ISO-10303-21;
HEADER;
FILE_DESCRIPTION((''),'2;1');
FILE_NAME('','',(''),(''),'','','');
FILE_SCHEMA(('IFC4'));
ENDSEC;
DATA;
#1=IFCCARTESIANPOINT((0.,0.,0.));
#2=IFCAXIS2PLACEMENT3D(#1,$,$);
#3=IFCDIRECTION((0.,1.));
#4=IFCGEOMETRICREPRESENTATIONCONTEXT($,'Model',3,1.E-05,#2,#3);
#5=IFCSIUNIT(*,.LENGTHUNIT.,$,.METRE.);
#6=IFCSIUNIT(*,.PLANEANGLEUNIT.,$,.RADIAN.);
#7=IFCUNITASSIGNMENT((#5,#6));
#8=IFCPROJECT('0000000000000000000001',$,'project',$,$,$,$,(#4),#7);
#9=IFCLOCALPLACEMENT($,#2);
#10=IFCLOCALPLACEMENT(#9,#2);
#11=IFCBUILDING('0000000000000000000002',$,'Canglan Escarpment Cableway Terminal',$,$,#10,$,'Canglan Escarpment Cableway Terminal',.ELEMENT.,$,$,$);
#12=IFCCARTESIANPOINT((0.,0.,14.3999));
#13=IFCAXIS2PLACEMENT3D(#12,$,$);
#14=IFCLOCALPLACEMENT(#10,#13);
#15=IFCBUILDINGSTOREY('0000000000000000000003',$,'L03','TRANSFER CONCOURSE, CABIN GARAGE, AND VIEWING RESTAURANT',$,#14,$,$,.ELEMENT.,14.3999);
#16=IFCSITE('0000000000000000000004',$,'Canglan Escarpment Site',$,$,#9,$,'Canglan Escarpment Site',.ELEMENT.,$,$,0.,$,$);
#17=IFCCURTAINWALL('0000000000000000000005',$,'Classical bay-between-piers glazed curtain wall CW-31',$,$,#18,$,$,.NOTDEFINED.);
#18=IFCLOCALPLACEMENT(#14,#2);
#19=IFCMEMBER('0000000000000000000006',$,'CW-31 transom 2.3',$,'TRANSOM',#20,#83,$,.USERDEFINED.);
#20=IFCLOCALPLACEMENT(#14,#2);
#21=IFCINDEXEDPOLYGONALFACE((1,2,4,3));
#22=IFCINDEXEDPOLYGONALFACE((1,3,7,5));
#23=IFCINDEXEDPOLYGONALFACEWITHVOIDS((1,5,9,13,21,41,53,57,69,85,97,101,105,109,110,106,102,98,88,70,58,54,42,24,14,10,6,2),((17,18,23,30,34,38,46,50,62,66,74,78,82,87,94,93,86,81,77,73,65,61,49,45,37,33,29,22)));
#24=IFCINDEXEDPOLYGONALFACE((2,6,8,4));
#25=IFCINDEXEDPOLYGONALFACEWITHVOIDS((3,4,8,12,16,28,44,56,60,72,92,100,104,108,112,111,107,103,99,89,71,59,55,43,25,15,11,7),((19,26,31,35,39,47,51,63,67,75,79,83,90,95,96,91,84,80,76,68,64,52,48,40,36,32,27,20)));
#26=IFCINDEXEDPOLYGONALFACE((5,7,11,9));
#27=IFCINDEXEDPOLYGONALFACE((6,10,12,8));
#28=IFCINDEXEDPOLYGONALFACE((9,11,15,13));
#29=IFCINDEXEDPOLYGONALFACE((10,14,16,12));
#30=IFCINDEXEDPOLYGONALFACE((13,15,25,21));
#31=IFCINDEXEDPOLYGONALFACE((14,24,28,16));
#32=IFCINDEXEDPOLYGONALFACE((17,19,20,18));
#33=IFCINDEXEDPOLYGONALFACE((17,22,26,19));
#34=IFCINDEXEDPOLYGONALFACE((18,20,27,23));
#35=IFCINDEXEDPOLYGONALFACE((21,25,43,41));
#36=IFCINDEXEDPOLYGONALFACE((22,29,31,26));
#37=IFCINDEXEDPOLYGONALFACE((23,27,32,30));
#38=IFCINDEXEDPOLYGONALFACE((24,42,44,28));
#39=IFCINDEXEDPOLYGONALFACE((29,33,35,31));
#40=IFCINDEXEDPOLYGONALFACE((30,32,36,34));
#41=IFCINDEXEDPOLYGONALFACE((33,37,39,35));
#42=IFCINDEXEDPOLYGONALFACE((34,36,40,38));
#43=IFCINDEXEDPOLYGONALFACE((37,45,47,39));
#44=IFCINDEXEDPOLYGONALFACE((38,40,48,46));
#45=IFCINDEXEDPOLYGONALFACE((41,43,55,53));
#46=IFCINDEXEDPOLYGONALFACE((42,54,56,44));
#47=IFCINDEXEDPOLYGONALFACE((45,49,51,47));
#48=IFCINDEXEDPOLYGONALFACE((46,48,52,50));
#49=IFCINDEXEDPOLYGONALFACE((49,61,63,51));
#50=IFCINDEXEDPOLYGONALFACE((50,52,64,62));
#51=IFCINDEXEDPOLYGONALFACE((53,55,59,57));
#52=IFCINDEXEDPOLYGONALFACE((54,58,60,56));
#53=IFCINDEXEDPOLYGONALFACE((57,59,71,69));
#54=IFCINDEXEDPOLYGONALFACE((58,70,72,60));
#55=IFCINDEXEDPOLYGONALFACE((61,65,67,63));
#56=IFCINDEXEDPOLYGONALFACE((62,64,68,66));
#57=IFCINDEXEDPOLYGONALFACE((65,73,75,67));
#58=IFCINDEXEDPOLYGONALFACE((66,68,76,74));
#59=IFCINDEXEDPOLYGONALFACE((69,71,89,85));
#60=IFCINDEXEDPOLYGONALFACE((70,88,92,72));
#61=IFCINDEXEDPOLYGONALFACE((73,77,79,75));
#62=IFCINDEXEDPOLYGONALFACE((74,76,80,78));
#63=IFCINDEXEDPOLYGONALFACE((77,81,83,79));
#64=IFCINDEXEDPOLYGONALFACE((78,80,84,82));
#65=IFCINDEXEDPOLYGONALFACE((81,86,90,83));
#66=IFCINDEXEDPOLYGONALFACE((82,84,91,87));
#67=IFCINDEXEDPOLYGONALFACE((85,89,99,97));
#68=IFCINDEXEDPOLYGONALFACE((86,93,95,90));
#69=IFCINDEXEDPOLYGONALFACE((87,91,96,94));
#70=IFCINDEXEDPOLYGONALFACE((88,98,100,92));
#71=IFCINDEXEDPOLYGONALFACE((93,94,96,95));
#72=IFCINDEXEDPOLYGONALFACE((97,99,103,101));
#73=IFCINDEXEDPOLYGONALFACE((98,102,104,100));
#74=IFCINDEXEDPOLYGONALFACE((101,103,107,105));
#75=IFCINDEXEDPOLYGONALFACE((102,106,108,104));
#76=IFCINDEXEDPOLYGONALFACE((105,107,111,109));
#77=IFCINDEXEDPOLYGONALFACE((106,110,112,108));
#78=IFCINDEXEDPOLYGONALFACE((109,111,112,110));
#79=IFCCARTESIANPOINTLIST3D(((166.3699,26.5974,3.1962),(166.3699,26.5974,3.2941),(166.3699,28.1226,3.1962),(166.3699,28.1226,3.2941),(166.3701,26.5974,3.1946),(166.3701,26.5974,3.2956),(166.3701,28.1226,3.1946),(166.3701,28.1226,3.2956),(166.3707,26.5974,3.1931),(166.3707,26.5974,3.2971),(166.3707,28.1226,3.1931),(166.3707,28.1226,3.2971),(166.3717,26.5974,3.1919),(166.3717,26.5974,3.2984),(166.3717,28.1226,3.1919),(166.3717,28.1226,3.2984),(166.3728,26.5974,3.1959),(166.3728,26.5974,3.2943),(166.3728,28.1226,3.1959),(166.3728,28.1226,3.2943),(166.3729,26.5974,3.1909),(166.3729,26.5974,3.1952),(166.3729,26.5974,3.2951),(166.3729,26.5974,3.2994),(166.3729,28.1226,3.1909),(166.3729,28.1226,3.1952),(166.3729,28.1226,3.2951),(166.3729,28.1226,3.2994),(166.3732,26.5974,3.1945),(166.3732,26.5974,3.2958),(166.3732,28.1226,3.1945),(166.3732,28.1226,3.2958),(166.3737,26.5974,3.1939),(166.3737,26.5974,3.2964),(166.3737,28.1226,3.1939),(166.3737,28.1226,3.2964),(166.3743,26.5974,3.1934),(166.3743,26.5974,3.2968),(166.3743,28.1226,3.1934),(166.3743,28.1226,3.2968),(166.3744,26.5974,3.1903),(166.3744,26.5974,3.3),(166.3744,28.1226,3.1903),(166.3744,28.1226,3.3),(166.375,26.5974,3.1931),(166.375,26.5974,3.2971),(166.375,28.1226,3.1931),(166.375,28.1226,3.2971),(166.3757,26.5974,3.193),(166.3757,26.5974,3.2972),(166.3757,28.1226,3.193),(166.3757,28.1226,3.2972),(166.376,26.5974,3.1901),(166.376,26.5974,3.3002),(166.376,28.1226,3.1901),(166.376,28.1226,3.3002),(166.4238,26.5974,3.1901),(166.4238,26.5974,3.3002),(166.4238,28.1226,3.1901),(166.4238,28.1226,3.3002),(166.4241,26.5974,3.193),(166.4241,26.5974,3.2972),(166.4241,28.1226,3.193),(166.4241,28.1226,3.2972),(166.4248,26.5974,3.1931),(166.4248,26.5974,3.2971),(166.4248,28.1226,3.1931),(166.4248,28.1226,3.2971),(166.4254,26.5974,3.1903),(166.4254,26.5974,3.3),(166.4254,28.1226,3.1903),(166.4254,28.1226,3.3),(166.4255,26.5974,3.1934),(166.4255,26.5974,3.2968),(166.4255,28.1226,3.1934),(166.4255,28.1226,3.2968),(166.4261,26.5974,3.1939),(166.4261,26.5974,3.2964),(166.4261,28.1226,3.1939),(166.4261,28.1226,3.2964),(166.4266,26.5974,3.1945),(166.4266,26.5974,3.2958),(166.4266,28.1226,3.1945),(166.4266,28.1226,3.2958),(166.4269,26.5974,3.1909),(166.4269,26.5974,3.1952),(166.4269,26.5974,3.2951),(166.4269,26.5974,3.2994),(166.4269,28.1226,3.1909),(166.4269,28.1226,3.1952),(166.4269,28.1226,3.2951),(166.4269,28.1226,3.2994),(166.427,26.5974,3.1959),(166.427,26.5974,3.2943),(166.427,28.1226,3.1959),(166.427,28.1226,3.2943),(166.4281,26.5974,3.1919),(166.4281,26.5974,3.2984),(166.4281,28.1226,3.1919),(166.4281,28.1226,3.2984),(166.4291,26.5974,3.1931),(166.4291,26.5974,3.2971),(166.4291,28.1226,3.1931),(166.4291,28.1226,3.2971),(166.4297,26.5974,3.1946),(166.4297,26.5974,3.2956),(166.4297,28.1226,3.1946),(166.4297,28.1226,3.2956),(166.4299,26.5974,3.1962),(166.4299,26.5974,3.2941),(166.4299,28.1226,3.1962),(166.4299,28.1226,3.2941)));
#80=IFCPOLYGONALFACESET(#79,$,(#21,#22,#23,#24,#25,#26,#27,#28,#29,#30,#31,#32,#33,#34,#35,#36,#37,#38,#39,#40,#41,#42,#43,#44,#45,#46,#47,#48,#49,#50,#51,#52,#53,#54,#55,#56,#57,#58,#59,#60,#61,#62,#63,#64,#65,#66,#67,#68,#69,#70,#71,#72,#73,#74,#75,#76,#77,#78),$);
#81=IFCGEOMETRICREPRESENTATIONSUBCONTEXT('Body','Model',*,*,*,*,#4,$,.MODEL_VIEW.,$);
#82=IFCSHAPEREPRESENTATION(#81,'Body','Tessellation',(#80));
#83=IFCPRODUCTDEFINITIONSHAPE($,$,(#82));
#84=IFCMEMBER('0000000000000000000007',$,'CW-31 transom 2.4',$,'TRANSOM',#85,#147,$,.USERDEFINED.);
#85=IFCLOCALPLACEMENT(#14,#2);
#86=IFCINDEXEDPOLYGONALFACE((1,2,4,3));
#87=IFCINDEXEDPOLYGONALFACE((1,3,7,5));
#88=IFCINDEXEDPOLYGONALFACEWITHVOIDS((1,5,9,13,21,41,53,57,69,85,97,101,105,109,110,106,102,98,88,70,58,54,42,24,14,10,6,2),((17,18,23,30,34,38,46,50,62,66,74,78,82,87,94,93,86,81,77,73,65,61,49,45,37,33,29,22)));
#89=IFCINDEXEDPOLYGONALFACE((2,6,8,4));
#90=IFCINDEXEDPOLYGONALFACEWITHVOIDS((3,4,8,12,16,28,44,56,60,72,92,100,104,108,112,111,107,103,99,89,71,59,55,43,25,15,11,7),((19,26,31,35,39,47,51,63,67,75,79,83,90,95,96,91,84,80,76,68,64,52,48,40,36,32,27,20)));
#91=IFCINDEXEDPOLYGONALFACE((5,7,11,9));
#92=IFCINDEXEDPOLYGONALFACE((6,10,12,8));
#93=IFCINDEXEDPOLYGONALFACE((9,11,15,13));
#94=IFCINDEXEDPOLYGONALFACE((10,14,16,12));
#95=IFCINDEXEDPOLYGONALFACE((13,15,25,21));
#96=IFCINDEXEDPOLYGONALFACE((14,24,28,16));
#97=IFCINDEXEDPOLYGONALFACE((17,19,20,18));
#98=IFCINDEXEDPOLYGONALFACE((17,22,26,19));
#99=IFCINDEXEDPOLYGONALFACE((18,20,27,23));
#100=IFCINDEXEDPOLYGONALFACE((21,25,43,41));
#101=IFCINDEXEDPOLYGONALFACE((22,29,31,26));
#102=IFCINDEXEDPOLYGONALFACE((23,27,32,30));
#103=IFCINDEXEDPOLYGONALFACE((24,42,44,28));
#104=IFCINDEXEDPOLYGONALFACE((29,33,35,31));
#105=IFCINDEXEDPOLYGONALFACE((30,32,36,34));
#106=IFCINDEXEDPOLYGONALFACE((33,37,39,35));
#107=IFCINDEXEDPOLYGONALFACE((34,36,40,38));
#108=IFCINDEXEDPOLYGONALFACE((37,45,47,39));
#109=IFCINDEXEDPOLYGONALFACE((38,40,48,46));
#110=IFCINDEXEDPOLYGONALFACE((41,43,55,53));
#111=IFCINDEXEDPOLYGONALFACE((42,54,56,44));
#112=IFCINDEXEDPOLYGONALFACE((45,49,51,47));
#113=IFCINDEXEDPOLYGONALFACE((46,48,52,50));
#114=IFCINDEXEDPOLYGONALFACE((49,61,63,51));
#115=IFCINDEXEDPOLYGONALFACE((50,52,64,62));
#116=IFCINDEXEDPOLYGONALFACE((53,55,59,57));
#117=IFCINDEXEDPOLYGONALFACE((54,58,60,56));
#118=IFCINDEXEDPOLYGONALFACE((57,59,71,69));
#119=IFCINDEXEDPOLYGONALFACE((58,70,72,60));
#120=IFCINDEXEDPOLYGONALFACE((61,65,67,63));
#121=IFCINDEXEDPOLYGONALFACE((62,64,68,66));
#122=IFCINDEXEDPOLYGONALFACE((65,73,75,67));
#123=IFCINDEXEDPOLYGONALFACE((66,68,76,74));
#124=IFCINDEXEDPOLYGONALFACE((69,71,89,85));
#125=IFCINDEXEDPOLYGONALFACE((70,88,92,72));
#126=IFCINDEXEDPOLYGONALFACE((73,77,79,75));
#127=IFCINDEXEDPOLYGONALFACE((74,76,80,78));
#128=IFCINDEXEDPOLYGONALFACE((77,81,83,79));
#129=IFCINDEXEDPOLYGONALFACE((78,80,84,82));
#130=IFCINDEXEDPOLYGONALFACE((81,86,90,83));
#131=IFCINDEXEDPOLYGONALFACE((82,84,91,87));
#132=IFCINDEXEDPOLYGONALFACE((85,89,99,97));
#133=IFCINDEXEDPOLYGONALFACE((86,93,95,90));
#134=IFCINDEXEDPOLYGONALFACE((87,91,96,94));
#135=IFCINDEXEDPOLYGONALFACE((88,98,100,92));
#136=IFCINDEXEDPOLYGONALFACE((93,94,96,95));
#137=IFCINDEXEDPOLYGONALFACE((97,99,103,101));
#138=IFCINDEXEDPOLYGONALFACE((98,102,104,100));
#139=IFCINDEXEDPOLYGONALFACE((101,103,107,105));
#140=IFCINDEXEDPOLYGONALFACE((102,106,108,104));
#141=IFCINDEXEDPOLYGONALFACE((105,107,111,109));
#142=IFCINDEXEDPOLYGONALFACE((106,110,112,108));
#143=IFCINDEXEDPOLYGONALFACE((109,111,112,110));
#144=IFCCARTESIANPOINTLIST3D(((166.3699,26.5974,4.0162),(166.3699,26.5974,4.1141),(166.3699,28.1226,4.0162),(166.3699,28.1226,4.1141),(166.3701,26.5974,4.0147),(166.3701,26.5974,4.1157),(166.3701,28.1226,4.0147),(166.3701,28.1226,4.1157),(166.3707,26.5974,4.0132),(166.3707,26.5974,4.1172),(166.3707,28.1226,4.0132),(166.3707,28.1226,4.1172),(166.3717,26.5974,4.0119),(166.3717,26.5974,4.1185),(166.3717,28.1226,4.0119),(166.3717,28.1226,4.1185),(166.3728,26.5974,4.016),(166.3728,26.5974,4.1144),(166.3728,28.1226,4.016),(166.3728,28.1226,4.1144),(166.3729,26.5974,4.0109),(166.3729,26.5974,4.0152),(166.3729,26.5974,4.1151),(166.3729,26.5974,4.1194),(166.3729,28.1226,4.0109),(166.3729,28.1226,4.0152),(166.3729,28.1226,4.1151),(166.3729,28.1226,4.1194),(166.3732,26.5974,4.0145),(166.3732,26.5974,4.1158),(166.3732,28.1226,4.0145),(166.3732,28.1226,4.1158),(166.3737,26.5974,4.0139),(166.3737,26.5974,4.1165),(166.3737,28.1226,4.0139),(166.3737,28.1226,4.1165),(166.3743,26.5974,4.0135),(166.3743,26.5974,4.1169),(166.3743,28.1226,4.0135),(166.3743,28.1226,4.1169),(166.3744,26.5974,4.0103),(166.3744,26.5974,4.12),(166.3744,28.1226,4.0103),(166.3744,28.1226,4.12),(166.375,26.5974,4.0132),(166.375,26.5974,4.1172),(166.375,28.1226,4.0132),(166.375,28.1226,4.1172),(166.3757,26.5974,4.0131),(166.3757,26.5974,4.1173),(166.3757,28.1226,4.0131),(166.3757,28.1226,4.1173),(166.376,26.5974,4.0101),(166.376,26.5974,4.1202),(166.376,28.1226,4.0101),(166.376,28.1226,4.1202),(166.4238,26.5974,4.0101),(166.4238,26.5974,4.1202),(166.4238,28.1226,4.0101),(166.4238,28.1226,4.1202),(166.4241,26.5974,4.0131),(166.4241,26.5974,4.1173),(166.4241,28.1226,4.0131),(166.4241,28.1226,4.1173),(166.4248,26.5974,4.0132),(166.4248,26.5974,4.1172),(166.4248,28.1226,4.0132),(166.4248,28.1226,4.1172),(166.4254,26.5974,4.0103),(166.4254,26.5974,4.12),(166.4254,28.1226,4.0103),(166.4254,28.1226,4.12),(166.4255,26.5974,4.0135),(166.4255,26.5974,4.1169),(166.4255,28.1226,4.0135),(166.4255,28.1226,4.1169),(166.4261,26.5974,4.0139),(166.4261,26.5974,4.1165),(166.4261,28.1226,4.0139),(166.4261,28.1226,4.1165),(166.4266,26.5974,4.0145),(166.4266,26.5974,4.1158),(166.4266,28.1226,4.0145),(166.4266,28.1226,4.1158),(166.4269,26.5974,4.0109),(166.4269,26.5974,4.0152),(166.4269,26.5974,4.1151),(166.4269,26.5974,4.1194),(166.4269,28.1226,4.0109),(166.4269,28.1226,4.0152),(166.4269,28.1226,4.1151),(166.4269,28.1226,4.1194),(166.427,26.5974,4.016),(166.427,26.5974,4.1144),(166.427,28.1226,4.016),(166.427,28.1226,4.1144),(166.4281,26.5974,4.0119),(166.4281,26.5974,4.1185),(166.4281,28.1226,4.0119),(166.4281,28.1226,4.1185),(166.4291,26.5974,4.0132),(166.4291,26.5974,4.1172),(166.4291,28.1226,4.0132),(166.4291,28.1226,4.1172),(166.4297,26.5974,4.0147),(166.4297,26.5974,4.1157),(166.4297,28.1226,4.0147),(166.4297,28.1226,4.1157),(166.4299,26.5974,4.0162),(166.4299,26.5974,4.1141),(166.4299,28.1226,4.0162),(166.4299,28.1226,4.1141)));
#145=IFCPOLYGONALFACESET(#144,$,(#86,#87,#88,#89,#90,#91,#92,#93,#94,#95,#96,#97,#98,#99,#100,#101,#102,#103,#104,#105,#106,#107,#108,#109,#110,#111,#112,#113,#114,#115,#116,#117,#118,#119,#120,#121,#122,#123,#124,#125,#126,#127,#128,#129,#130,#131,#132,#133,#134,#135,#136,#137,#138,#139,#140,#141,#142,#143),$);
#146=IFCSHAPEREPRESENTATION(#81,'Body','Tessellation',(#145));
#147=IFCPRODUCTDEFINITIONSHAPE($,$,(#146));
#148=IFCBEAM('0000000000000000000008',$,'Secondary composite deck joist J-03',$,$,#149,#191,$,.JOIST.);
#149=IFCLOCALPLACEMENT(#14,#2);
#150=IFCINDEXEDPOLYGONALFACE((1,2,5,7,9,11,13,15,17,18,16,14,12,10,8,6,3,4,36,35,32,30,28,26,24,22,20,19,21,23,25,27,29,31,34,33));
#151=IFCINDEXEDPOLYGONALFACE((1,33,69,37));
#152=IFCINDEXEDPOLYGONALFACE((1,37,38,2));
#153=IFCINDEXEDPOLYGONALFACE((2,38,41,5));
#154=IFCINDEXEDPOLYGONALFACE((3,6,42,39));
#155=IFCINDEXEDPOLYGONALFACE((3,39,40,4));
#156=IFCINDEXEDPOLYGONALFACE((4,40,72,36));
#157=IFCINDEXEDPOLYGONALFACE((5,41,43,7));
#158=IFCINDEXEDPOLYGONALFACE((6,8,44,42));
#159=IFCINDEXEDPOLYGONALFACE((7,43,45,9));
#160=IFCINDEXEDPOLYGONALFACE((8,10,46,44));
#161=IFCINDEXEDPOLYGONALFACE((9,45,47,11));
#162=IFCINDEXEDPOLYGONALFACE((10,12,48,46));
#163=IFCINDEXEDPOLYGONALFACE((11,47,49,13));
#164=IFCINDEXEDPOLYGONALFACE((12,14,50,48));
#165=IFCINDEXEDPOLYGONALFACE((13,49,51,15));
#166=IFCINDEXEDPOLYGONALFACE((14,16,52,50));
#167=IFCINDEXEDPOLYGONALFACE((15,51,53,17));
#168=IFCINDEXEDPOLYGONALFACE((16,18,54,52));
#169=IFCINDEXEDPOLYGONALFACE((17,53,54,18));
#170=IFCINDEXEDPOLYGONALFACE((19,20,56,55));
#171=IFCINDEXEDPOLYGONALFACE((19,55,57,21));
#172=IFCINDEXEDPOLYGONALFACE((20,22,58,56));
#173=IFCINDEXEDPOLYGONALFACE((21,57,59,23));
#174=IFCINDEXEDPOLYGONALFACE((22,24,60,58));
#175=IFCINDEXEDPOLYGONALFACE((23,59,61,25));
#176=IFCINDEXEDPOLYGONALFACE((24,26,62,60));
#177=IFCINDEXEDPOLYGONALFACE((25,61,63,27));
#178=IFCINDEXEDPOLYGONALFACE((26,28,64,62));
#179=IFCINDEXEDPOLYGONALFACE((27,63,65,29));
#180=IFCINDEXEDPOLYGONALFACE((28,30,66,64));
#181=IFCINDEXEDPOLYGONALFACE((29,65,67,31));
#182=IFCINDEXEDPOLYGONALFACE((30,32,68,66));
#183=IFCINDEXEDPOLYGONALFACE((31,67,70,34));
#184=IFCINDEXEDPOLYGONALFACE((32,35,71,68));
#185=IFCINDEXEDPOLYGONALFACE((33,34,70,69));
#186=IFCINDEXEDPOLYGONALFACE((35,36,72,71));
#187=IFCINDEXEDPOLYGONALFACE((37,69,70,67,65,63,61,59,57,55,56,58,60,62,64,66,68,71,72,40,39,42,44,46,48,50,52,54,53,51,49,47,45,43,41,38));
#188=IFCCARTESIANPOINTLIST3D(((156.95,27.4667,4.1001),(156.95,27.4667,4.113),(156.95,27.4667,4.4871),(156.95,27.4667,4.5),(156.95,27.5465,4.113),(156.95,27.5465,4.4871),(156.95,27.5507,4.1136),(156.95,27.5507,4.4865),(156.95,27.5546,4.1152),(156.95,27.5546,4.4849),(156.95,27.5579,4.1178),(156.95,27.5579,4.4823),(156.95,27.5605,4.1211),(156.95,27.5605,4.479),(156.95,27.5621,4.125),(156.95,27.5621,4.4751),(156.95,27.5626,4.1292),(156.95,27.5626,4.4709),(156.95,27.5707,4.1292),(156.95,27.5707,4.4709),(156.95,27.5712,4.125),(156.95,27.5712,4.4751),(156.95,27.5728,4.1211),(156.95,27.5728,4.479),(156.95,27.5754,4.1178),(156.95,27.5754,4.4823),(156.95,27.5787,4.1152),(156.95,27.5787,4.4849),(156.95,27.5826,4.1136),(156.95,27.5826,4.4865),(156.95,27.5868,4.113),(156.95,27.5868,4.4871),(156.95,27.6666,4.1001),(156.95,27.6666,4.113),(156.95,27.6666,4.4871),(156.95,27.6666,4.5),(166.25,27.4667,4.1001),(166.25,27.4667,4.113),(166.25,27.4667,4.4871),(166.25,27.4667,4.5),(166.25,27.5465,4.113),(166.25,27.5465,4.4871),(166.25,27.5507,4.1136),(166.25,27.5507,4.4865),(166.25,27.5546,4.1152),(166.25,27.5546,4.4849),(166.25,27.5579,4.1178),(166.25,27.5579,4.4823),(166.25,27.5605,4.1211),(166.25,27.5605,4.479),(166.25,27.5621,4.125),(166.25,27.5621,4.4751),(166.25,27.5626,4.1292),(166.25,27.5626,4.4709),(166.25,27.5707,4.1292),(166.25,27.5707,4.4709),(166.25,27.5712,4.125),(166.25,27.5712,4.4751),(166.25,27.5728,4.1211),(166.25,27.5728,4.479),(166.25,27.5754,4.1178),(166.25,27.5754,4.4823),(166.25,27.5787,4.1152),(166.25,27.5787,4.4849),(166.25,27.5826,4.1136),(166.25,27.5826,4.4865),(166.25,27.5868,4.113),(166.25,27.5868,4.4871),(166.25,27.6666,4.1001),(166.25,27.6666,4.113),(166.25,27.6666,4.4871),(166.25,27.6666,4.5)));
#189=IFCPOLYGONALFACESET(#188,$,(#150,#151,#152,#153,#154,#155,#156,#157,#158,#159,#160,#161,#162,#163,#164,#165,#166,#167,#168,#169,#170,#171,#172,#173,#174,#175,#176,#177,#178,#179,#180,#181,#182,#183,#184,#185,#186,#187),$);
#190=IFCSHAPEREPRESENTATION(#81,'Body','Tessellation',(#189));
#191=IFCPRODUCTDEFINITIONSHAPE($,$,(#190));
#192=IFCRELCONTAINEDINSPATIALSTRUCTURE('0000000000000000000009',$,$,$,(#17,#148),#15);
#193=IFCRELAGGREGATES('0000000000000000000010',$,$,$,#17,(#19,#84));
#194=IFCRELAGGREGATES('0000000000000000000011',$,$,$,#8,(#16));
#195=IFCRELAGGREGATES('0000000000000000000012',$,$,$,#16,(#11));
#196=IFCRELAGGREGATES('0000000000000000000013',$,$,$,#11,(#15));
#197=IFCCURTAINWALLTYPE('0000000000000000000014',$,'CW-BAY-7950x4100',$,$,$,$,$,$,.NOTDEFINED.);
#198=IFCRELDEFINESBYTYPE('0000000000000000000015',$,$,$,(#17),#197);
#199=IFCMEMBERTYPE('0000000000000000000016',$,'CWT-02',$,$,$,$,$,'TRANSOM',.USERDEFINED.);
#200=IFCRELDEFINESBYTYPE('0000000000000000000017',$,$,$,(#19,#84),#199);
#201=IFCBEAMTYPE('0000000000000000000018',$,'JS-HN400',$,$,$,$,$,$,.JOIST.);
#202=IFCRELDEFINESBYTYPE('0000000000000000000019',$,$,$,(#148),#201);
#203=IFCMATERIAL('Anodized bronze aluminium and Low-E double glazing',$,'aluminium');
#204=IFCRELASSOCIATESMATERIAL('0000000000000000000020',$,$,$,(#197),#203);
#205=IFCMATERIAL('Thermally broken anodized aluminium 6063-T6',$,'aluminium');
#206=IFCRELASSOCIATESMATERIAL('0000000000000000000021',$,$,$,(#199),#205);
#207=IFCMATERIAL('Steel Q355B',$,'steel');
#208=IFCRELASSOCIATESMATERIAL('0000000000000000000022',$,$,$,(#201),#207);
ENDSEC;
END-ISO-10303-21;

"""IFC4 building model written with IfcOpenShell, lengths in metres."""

from ifc_helpers import new_model, si_unit, direction, frame, origin, origin_2d, place, context, subcontext, project, spatial, hollow_rectangle, i_section, extrude, material, material_profile, profile_set, type_object, element, aggregate, save


model = new_model("IFC4")

# Units and contexts
model_context = context("Model", 3, precision=1e-05, world=origin(), true_north=direction((0.0, 1.0)))
body_context = subcontext(model_context, "Body", "Model", "MODEL_VIEW")
ifc_project = project(units=[si_unit("LENGTHUNIT", "METRE"), si_unit("PLANEANGLEUNIT", "RADIAN")], contexts=[model_context])

# Site, building, storey
site_placement = place(None, origin())
site = spatial("IfcSite", under=ifc_project, at=site_placement, Name="Canglan Escarpment Site", LongName="Canglan Escarpment Site", CompositionType="ELEMENT", RefElevation=0.0)
building_placement = place(site_placement, origin())
building = spatial("IfcBuilding", under=site, at=building_placement, Name="Canglan Escarpment Cableway Terminal", LongName="Canglan Escarpment Cableway Terminal", CompositionType="ELEMENT")
storey_placement = place(building_placement, frame((0.0, 0.0, 14.3999)))
storey = spatial("IfcBuildingStorey", under=building, at=storey_placement, Name="L03", Description="TRANSFER CONCOURSE, CABIN GARAGE, AND VIEWING RESTAURANT", CompositionType="ELEMENT", Elevation=14.3999)

# Shared definitions
ifc_material_1 = material(Name="Steel Q355B", Category="steel")

# Curtain wall, members
ifc_material_2 = material(Name="Anodized bronze aluminium and Low-E double glazing", Category="aluminium")
curtain_wall_type = type_object("IfcCurtainWallType", Name="CW-BAY-7950x4100", PredefinedType="NOTDEFINED", material=ifc_material_2)
curtain_wall_placement = place(storey_placement, origin())
curtain_wall = element("IfcCurtainWall", 1, at=curtain_wall_placement, inside=storey, type_object=curtain_wall_type, Name="Classical bay-between-piers glazed curtain wall CW-31", PredefinedType="NOTDEFINED")
ifc_material_3 = material(Name="Thermally broken anodized aluminium 6063-T6", Category="aluminium")
ifc_material_profile_1 = material_profile(ifc_material_3, hollow_rectangle(XDim=0.0601, YDim=0.1101, WallThickness=0.0029, InnerFilletRadius=0.0029, OuterFilletRadius=0.0061, at=origin_2d()), Name="ALU-TRAN 60x110x3")
ifc_profile_set_1 = profile_set([ifc_material_profile_1], Name="Thermally broken anodized aluminium 6063-T6")
member_type_1 = type_object("IfcMemberType", Name="CWT-02", ElementType="TRANSOM", PredefinedType="USERDEFINED", material=ifc_profile_set_1)
member_1_placement = place(storey_placement, frame((166.3999, 26.5974, 3.2451), z_axis=(0.0, 1.0, 0.0), x_axis=(-1.0, 0.0, 0.0)))
member_1 = element("IfcMember", 2, at=member_1_placement, type_object=member_type_1, Name="CW-31 transom 2.3", ObjectType="TRANSOM", PredefinedType="USERDEFINED", context=body_context, shape_type="SweptSolid", body=[
    extrude(hollow_rectangle(XDim=0.0601, YDim=0.1101, WallThickness=0.0029, InnerFilletRadius=0.0029, OuterFilletRadius=0.0061, at=origin_2d()), origin(), (0.0, 0.0, 1.0), 1.5251),
])
member_2_placement = place(storey_placement, frame((166.3999, 26.5974, 4.0652), z_axis=(0.0, 1.0, 0.0), x_axis=(-1.0, 0.0, 0.0)))
member_2 = element("IfcMember", 3, at=member_2_placement, type_object=member_type_1, Name="CW-31 transom 2.4", ObjectType="TRANSOM", PredefinedType="USERDEFINED", context=body_context, shape_type="SweptSolid", body=[
    extrude(hollow_rectangle(XDim=0.0601, YDim=0.1101, WallThickness=0.0029, InnerFilletRadius=0.0029, OuterFilletRadius=0.0061, at=origin_2d()), origin(), (0.0, 0.0, 1.0), 1.5251),
])

# Beam
ifc_material_profile_2 = material_profile(ifc_material_1, i_section(OverallWidth=0.2, OverallDepth=0.3999, WebThickness=0.0081, FlangeThickness=0.0129, FilletRadius=0.0161, at=origin_2d()), Name="HN 400x200x8x13")
ifc_profile_set_2 = profile_set([ifc_material_profile_2], Name="Steel Q355B")
beam_type_1 = type_object("IfcBeamType", Name="JS-HN400", PredefinedType="JOIST", material=ifc_profile_set_2)
beam_1_placement = place(storey_placement, frame((156.95, 27.5667, 4.3), z_axis=(1.0, 0.0, 0.0), x_axis=(0.0, 1.0, 0.0)))
element("IfcBeam", 4, at=beam_1_placement, inside=storey, type_object=beam_type_1, Name="Secondary composite deck joist J-03", PredefinedType="JOIST", context=body_context, shape_type="SweptSolid", body=[
    extrude(i_section(OverallWidth=0.2, OverallDepth=0.3999, WebThickness=0.0081, FlangeThickness=0.0129, FilletRadius=0.0161, at=origin_2d()), origin(), (0.0, 0.0, 1.0), 9.3),
])

aggregate(curtain_wall, [member_1, member_2])

save(model, "model.ifc")
